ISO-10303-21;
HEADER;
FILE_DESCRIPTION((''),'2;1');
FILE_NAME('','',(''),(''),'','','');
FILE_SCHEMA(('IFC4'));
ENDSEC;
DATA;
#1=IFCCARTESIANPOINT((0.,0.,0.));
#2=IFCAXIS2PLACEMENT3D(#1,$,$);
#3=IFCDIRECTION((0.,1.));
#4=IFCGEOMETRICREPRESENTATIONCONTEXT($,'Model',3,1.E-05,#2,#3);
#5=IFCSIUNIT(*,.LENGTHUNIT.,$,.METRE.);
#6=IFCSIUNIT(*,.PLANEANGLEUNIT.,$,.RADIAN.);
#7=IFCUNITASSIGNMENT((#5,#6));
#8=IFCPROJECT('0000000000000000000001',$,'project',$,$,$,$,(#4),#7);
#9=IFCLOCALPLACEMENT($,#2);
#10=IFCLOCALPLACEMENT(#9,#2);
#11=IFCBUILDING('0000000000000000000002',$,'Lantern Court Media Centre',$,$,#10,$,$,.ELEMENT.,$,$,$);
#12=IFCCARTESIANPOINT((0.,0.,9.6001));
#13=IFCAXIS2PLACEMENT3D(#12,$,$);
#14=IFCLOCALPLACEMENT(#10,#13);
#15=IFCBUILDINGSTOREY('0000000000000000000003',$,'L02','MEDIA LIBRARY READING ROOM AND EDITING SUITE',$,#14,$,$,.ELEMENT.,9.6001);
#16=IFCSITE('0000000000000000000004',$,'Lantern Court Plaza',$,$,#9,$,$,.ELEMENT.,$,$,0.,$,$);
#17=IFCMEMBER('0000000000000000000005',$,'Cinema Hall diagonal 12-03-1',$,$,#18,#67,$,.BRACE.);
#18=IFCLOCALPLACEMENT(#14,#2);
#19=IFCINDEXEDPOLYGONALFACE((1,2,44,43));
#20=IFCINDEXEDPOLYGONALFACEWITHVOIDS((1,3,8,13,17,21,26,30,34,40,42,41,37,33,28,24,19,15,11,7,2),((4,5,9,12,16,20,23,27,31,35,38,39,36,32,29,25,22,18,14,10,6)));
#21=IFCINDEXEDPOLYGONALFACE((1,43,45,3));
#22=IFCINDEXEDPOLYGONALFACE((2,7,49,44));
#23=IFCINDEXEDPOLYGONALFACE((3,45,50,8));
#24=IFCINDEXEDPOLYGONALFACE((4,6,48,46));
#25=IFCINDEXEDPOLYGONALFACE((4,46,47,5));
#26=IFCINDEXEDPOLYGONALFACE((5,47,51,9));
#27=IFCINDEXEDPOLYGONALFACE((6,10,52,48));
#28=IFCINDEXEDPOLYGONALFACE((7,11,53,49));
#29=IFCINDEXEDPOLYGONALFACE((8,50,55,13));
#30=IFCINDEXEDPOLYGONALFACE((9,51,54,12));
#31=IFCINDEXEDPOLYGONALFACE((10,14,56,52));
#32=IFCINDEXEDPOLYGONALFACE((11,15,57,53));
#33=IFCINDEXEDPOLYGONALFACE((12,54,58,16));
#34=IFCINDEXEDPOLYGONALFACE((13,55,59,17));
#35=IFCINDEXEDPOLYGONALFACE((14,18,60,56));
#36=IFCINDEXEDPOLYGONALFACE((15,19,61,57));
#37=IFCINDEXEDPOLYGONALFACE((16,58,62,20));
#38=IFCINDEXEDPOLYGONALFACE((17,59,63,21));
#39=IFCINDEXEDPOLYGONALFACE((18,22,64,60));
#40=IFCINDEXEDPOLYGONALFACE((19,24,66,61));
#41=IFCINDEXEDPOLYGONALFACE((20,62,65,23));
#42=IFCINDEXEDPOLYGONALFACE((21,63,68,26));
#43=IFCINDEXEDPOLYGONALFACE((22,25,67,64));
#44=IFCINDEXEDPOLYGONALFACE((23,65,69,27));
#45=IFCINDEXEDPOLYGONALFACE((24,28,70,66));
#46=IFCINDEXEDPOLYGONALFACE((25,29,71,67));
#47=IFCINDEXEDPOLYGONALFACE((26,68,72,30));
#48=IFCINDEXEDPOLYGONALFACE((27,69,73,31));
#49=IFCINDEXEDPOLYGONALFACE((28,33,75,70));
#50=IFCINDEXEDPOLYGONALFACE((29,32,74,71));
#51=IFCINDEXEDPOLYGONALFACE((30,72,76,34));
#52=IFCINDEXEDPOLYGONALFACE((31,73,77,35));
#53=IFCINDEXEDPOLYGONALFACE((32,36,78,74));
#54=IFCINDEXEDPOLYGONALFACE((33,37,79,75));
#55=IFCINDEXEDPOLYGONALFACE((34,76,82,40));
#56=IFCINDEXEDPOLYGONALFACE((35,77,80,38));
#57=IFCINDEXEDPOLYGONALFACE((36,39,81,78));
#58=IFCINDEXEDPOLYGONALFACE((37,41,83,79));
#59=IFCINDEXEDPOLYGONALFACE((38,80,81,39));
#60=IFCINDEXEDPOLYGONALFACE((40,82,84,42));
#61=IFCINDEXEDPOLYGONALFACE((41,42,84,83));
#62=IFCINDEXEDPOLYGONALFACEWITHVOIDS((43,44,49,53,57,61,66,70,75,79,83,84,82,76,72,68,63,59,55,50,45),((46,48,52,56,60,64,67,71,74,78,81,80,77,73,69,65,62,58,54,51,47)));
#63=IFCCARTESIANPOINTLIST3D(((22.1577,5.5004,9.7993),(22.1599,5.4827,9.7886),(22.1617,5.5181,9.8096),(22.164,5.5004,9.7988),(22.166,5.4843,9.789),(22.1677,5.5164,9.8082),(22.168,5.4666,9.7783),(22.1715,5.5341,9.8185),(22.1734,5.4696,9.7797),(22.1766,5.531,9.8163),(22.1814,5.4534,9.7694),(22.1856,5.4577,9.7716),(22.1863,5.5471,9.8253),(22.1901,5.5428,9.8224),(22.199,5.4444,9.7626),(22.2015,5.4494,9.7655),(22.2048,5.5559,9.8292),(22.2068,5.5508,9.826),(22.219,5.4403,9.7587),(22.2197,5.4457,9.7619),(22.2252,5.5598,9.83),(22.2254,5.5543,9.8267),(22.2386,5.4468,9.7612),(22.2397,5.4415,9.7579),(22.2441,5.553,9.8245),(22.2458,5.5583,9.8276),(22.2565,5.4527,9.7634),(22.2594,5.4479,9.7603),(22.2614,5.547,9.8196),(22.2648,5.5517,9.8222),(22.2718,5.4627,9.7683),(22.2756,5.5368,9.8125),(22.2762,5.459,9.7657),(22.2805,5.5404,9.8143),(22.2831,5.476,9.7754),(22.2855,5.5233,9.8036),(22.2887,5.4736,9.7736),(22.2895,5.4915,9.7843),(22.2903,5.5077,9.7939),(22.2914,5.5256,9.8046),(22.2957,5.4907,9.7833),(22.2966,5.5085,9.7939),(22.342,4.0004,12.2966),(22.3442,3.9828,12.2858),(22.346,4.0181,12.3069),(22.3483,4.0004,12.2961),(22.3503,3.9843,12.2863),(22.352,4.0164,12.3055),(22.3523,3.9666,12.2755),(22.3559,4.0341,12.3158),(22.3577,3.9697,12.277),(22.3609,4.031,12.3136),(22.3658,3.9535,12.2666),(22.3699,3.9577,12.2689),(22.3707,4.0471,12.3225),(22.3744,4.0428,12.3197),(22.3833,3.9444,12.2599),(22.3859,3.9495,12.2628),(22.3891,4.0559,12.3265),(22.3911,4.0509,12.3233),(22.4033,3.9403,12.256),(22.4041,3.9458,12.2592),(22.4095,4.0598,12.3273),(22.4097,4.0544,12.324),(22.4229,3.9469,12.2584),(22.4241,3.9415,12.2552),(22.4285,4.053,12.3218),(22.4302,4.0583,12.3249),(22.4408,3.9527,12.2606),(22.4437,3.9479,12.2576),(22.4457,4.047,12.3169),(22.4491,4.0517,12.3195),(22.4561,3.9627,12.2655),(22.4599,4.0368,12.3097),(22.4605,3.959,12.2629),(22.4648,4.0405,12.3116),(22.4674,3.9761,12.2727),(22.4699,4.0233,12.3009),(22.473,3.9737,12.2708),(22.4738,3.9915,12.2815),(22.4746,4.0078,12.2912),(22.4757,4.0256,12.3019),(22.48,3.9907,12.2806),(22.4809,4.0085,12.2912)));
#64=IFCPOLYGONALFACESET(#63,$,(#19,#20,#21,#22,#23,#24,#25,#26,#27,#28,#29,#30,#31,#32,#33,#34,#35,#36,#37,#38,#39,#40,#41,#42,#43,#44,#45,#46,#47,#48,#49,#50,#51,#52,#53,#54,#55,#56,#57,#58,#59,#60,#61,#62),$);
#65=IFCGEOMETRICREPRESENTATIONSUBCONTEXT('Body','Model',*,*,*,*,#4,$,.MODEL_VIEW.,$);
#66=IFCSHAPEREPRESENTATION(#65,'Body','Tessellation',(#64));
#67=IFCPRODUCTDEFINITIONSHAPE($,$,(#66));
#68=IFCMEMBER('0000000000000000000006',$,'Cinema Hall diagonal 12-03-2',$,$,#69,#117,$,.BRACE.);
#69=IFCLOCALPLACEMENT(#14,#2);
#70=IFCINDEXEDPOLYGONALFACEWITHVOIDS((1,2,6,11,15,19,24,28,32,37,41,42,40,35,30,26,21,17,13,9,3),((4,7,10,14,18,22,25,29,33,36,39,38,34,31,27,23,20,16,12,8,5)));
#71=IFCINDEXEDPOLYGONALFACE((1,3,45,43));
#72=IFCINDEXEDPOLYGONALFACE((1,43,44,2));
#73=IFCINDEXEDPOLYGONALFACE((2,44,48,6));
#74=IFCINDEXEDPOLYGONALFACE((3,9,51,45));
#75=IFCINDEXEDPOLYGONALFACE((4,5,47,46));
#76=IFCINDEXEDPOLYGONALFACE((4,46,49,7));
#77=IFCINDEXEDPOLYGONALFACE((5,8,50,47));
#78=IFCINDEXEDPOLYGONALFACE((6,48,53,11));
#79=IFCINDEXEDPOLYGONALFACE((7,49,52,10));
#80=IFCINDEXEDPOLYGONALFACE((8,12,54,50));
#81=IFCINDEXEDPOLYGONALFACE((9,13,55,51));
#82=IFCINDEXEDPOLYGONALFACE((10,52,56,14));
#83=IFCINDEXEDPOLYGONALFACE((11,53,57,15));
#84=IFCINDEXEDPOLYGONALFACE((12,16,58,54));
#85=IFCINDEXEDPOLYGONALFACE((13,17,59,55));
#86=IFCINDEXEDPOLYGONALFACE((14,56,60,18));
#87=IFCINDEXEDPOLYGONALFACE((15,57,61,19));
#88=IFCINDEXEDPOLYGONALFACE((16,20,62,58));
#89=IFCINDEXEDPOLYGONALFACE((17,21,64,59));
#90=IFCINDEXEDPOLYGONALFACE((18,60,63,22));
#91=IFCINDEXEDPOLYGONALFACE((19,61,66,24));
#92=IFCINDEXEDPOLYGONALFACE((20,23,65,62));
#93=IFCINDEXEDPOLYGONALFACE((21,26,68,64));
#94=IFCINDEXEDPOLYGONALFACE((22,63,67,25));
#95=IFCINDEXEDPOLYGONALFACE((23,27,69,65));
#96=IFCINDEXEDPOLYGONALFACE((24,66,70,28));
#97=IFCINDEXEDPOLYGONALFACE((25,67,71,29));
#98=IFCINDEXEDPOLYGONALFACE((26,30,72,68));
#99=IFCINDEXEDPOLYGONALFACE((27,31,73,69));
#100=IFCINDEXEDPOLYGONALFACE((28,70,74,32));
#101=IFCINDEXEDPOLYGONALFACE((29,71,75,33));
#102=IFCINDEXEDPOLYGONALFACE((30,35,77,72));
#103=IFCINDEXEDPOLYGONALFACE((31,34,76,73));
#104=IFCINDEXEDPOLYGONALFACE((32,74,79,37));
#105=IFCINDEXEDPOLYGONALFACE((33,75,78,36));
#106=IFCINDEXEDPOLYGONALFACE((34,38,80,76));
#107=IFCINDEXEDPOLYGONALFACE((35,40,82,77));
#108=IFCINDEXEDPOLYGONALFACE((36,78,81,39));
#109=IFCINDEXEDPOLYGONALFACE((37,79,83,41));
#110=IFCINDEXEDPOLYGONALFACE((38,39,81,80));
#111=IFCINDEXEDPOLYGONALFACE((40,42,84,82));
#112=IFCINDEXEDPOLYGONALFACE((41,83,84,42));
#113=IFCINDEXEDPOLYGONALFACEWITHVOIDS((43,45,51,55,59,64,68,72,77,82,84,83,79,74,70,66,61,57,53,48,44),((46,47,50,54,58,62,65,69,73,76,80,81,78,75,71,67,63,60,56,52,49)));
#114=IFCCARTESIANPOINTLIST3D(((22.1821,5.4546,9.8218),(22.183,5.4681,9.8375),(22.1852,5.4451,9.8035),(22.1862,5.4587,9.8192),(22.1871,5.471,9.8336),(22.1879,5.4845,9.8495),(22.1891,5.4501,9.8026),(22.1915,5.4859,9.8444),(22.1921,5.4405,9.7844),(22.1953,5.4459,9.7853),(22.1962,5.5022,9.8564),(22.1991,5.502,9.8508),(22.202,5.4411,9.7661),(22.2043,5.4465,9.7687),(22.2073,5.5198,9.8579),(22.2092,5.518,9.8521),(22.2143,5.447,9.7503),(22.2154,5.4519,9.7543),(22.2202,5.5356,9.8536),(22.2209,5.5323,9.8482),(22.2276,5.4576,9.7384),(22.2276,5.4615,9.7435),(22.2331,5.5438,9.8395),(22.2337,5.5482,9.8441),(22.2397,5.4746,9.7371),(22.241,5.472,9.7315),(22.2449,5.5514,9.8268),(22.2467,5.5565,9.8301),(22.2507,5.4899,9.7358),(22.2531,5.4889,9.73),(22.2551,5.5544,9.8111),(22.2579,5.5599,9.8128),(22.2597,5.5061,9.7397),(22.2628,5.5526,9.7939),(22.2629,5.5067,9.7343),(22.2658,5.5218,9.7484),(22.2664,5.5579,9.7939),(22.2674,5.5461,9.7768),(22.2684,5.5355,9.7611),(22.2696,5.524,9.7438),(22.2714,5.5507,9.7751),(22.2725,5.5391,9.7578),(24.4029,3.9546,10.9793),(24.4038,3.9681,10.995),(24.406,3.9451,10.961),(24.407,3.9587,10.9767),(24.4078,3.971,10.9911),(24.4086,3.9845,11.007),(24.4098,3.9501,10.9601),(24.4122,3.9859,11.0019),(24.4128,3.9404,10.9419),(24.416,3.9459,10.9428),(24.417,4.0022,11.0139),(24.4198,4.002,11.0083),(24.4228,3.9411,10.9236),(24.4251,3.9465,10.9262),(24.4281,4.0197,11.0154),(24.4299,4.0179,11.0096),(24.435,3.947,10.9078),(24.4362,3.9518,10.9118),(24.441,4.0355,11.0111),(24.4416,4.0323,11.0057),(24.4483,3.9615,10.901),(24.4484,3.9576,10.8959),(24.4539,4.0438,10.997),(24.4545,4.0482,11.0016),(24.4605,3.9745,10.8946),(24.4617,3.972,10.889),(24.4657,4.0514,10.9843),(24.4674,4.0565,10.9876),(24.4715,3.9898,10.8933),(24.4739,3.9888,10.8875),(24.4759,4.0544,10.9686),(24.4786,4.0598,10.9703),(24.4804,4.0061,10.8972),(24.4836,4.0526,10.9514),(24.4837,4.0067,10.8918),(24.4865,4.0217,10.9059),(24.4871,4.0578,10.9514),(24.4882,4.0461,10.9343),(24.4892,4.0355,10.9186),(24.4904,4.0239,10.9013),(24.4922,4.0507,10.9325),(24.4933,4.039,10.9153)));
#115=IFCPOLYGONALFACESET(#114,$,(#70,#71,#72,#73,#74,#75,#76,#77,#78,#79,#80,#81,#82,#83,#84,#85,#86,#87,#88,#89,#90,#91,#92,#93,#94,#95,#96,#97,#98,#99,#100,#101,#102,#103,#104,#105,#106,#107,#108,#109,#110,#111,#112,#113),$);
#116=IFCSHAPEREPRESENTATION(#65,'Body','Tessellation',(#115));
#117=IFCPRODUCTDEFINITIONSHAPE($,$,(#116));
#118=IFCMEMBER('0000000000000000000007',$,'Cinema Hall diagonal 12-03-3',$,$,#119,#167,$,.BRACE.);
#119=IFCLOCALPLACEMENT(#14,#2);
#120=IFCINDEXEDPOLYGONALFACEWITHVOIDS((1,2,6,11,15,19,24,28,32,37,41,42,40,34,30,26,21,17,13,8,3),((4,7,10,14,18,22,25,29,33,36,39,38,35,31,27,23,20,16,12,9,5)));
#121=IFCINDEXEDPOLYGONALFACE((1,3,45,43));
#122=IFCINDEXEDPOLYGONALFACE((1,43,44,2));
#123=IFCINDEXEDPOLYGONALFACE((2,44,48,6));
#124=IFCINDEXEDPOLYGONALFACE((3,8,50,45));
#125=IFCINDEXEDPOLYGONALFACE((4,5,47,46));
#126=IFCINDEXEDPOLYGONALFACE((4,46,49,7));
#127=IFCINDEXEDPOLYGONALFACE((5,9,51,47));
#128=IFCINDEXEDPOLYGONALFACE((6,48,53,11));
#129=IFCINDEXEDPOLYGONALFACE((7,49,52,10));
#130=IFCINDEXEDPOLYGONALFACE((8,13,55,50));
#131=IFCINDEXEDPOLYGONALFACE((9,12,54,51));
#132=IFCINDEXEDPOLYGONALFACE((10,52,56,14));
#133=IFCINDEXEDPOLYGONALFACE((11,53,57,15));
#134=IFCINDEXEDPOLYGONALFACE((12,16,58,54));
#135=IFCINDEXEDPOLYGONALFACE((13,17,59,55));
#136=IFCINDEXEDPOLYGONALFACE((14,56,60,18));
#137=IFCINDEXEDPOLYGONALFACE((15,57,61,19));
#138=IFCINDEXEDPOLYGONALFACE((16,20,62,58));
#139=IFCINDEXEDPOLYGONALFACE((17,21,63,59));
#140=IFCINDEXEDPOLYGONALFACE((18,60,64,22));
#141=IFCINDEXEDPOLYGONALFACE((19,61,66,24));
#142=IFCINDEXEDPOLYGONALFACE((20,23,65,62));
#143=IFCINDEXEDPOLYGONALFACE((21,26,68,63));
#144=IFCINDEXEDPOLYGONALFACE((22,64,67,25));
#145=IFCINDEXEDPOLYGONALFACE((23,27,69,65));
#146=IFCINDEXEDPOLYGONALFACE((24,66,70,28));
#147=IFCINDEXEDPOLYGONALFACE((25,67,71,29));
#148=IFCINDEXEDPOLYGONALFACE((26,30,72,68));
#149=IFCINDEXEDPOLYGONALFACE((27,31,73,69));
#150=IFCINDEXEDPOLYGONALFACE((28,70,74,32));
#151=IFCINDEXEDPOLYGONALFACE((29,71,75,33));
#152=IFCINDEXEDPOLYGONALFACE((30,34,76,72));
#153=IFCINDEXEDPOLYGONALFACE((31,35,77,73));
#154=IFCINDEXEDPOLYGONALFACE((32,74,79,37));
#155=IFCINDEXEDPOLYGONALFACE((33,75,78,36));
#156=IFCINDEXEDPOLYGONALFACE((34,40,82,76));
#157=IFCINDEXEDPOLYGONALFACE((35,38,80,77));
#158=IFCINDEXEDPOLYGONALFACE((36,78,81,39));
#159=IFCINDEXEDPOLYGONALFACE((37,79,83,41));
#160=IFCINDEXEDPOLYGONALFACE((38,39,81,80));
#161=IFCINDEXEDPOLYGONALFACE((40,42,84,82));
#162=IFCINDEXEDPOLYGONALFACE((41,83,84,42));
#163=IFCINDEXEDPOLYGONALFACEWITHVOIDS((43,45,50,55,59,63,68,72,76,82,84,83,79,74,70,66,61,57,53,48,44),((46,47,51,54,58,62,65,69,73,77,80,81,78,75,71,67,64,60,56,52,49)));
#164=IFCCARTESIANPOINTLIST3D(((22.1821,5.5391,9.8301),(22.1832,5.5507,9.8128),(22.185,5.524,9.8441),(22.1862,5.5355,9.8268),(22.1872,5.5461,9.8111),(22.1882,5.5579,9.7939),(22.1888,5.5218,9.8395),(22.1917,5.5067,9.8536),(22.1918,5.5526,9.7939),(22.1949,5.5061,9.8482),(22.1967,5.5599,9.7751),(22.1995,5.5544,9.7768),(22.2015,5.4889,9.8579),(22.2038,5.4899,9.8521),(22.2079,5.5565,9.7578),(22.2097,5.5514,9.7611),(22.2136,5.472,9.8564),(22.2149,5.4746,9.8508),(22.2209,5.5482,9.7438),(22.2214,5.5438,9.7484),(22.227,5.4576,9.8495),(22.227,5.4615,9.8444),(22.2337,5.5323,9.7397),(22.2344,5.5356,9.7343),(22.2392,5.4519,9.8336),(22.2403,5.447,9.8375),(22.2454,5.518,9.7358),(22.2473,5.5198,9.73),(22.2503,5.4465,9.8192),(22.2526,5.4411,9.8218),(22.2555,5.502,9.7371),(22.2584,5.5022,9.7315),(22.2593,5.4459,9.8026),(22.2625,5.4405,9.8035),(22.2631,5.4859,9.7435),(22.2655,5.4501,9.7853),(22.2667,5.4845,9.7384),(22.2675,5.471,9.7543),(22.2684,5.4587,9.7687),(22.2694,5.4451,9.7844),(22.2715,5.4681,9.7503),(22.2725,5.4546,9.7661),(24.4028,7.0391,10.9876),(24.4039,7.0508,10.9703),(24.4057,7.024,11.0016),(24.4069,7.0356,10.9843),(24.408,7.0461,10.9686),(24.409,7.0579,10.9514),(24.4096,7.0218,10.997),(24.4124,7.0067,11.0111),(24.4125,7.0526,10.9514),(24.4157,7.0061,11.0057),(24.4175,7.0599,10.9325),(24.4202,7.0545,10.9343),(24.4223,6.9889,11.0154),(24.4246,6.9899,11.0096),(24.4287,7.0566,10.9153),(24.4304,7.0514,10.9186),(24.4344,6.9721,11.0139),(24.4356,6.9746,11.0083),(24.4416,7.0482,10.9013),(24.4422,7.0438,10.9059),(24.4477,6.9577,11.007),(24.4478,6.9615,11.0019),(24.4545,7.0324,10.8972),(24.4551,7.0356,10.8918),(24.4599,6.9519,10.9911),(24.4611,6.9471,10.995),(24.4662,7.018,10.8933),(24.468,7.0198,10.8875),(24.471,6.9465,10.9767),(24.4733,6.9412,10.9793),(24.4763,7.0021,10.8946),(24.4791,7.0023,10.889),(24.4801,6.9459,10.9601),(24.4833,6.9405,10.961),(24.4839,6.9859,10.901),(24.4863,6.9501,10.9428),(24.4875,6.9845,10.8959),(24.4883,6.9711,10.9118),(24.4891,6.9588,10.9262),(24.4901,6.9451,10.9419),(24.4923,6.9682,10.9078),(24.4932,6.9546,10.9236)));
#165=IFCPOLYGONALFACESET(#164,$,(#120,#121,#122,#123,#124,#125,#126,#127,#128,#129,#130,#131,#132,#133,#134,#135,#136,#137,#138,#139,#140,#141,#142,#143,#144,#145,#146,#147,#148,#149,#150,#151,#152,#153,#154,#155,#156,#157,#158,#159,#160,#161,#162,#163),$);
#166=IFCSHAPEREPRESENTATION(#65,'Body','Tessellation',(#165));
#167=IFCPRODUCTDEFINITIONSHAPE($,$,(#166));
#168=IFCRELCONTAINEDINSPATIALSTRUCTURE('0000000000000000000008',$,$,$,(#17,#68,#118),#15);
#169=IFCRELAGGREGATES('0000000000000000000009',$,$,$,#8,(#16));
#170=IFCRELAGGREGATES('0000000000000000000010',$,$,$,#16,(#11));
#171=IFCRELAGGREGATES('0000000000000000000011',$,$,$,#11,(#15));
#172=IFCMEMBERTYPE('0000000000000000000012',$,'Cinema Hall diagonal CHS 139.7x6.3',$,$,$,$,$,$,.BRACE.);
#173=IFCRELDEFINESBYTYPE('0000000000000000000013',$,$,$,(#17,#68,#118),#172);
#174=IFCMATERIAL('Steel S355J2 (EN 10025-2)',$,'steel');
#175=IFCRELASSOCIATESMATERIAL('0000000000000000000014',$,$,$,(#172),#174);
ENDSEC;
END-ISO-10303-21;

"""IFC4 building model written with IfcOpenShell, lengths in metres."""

from ifc_helpers import new_model, si_unit, direction, frame, origin, origin_2d, place, context, subcontext, project, spatial, hollow_circle, extrude, material, material_profile, profile_set, type_object, element, save


model = new_model("IFC4")

# Units and contexts
model_context = context("Model", 3, precision=1e-05, world=origin(), true_north=direction((0.0, 1.0)))
body_context = subcontext(model_context, "Body", "Model", "MODEL_VIEW")
ifc_project = project(units=[si_unit("LENGTHUNIT", "METRE"), si_unit("PLANEANGLEUNIT", "RADIAN")], contexts=[model_context])

# Site, building, storey
site_placement = place(None, origin())
site = spatial("IfcSite", under=ifc_project, at=site_placement, Name="Lantern Court Plaza", CompositionType="ELEMENT", RefElevation=0.0)
building_placement = place(site_placement, origin())
building = spatial("IfcBuilding", under=site, at=building_placement, Name="Lantern Court Media Centre", CompositionType="ELEMENT")
storey_placement = place(building_placement, frame((0.0, 0.0, 9.6001)))
storey = spatial("IfcBuildingStorey", under=building, at=storey_placement, Name="L02", Description="MEDIA LIBRARY READING ROOM AND EDITING SUITE", CompositionType="ELEMENT", Elevation=9.6001)

# Members
ifc_material = material(Name="Steel S355J2 (EN 10025-2)", Category="steel")
ifc_material_profile_1 = material_profile(ifc_material, hollow_circle(Radius=0.0698, WallThickness=0.0063, at=origin_2d()), Name="Cinema Hall diagonal CHS 139.7x6.3")
ifc_profile_set_1 = profile_set([ifc_material_profile_1], Name="Steel S355J2 (EN 10025-2)")
member_type_1 = type_object("IfcMemberType", Name="Cinema Hall diagonal CHS 139.7x6.3", PredefinedType="BRACE", material=ifc_profile_set_1)
member_1_placement = place(storey_placement, frame((22.2273, 5.5, 9.7939), z_axis=(0.063147, -0.513875, 0.855538), x_axis=(0.992534, 0.121967, 0.0)))
element("IfcMember", 1, at=member_1_placement, inside=storey, type_object=member_type_1, Name="Cinema Hall diagonal 12-03-1", PredefinedType="BRACE", context=body_context, shape_type="SweptSolid", body=[
    extrude(hollow_circle(Radius=0.0698, WallThickness=0.0063, at=origin_2d()), origin(), (0.0, 0.0, 1.0), 2.9189),
])
for number, where, z_axis, x_axis, name in (
    (2, (22.2273, 5.5, 9.7939), (0.760744, -0.513854, 0.396514), (0.559736, 0.828671, 0.0), "Cinema Hall diagonal 12-03-2"),
    (3, (22.2273, 5.5, 9.7939), (0.760744, 0.513854, 0.396514), (-0.559736, 0.828671, 0.0), "Cinema Hall diagonal 12-03-3"),
):
    element("IfcMember", number, at=place(storey_placement, frame(where, z_axis=z_axis, x_axis=x_axis)), inside=storey, type_object=member_type_1, Name=name, PredefinedType="BRACE", context=body_context, shape_type="SweptSolid", body=[
        extrude(hollow_circle(Radius=0.0698, WallThickness=0.0063, at=origin_2d()), origin(), (0.0, 0.0, 1.0), 2.9192),
    ])

save(model, "model.ifc")
